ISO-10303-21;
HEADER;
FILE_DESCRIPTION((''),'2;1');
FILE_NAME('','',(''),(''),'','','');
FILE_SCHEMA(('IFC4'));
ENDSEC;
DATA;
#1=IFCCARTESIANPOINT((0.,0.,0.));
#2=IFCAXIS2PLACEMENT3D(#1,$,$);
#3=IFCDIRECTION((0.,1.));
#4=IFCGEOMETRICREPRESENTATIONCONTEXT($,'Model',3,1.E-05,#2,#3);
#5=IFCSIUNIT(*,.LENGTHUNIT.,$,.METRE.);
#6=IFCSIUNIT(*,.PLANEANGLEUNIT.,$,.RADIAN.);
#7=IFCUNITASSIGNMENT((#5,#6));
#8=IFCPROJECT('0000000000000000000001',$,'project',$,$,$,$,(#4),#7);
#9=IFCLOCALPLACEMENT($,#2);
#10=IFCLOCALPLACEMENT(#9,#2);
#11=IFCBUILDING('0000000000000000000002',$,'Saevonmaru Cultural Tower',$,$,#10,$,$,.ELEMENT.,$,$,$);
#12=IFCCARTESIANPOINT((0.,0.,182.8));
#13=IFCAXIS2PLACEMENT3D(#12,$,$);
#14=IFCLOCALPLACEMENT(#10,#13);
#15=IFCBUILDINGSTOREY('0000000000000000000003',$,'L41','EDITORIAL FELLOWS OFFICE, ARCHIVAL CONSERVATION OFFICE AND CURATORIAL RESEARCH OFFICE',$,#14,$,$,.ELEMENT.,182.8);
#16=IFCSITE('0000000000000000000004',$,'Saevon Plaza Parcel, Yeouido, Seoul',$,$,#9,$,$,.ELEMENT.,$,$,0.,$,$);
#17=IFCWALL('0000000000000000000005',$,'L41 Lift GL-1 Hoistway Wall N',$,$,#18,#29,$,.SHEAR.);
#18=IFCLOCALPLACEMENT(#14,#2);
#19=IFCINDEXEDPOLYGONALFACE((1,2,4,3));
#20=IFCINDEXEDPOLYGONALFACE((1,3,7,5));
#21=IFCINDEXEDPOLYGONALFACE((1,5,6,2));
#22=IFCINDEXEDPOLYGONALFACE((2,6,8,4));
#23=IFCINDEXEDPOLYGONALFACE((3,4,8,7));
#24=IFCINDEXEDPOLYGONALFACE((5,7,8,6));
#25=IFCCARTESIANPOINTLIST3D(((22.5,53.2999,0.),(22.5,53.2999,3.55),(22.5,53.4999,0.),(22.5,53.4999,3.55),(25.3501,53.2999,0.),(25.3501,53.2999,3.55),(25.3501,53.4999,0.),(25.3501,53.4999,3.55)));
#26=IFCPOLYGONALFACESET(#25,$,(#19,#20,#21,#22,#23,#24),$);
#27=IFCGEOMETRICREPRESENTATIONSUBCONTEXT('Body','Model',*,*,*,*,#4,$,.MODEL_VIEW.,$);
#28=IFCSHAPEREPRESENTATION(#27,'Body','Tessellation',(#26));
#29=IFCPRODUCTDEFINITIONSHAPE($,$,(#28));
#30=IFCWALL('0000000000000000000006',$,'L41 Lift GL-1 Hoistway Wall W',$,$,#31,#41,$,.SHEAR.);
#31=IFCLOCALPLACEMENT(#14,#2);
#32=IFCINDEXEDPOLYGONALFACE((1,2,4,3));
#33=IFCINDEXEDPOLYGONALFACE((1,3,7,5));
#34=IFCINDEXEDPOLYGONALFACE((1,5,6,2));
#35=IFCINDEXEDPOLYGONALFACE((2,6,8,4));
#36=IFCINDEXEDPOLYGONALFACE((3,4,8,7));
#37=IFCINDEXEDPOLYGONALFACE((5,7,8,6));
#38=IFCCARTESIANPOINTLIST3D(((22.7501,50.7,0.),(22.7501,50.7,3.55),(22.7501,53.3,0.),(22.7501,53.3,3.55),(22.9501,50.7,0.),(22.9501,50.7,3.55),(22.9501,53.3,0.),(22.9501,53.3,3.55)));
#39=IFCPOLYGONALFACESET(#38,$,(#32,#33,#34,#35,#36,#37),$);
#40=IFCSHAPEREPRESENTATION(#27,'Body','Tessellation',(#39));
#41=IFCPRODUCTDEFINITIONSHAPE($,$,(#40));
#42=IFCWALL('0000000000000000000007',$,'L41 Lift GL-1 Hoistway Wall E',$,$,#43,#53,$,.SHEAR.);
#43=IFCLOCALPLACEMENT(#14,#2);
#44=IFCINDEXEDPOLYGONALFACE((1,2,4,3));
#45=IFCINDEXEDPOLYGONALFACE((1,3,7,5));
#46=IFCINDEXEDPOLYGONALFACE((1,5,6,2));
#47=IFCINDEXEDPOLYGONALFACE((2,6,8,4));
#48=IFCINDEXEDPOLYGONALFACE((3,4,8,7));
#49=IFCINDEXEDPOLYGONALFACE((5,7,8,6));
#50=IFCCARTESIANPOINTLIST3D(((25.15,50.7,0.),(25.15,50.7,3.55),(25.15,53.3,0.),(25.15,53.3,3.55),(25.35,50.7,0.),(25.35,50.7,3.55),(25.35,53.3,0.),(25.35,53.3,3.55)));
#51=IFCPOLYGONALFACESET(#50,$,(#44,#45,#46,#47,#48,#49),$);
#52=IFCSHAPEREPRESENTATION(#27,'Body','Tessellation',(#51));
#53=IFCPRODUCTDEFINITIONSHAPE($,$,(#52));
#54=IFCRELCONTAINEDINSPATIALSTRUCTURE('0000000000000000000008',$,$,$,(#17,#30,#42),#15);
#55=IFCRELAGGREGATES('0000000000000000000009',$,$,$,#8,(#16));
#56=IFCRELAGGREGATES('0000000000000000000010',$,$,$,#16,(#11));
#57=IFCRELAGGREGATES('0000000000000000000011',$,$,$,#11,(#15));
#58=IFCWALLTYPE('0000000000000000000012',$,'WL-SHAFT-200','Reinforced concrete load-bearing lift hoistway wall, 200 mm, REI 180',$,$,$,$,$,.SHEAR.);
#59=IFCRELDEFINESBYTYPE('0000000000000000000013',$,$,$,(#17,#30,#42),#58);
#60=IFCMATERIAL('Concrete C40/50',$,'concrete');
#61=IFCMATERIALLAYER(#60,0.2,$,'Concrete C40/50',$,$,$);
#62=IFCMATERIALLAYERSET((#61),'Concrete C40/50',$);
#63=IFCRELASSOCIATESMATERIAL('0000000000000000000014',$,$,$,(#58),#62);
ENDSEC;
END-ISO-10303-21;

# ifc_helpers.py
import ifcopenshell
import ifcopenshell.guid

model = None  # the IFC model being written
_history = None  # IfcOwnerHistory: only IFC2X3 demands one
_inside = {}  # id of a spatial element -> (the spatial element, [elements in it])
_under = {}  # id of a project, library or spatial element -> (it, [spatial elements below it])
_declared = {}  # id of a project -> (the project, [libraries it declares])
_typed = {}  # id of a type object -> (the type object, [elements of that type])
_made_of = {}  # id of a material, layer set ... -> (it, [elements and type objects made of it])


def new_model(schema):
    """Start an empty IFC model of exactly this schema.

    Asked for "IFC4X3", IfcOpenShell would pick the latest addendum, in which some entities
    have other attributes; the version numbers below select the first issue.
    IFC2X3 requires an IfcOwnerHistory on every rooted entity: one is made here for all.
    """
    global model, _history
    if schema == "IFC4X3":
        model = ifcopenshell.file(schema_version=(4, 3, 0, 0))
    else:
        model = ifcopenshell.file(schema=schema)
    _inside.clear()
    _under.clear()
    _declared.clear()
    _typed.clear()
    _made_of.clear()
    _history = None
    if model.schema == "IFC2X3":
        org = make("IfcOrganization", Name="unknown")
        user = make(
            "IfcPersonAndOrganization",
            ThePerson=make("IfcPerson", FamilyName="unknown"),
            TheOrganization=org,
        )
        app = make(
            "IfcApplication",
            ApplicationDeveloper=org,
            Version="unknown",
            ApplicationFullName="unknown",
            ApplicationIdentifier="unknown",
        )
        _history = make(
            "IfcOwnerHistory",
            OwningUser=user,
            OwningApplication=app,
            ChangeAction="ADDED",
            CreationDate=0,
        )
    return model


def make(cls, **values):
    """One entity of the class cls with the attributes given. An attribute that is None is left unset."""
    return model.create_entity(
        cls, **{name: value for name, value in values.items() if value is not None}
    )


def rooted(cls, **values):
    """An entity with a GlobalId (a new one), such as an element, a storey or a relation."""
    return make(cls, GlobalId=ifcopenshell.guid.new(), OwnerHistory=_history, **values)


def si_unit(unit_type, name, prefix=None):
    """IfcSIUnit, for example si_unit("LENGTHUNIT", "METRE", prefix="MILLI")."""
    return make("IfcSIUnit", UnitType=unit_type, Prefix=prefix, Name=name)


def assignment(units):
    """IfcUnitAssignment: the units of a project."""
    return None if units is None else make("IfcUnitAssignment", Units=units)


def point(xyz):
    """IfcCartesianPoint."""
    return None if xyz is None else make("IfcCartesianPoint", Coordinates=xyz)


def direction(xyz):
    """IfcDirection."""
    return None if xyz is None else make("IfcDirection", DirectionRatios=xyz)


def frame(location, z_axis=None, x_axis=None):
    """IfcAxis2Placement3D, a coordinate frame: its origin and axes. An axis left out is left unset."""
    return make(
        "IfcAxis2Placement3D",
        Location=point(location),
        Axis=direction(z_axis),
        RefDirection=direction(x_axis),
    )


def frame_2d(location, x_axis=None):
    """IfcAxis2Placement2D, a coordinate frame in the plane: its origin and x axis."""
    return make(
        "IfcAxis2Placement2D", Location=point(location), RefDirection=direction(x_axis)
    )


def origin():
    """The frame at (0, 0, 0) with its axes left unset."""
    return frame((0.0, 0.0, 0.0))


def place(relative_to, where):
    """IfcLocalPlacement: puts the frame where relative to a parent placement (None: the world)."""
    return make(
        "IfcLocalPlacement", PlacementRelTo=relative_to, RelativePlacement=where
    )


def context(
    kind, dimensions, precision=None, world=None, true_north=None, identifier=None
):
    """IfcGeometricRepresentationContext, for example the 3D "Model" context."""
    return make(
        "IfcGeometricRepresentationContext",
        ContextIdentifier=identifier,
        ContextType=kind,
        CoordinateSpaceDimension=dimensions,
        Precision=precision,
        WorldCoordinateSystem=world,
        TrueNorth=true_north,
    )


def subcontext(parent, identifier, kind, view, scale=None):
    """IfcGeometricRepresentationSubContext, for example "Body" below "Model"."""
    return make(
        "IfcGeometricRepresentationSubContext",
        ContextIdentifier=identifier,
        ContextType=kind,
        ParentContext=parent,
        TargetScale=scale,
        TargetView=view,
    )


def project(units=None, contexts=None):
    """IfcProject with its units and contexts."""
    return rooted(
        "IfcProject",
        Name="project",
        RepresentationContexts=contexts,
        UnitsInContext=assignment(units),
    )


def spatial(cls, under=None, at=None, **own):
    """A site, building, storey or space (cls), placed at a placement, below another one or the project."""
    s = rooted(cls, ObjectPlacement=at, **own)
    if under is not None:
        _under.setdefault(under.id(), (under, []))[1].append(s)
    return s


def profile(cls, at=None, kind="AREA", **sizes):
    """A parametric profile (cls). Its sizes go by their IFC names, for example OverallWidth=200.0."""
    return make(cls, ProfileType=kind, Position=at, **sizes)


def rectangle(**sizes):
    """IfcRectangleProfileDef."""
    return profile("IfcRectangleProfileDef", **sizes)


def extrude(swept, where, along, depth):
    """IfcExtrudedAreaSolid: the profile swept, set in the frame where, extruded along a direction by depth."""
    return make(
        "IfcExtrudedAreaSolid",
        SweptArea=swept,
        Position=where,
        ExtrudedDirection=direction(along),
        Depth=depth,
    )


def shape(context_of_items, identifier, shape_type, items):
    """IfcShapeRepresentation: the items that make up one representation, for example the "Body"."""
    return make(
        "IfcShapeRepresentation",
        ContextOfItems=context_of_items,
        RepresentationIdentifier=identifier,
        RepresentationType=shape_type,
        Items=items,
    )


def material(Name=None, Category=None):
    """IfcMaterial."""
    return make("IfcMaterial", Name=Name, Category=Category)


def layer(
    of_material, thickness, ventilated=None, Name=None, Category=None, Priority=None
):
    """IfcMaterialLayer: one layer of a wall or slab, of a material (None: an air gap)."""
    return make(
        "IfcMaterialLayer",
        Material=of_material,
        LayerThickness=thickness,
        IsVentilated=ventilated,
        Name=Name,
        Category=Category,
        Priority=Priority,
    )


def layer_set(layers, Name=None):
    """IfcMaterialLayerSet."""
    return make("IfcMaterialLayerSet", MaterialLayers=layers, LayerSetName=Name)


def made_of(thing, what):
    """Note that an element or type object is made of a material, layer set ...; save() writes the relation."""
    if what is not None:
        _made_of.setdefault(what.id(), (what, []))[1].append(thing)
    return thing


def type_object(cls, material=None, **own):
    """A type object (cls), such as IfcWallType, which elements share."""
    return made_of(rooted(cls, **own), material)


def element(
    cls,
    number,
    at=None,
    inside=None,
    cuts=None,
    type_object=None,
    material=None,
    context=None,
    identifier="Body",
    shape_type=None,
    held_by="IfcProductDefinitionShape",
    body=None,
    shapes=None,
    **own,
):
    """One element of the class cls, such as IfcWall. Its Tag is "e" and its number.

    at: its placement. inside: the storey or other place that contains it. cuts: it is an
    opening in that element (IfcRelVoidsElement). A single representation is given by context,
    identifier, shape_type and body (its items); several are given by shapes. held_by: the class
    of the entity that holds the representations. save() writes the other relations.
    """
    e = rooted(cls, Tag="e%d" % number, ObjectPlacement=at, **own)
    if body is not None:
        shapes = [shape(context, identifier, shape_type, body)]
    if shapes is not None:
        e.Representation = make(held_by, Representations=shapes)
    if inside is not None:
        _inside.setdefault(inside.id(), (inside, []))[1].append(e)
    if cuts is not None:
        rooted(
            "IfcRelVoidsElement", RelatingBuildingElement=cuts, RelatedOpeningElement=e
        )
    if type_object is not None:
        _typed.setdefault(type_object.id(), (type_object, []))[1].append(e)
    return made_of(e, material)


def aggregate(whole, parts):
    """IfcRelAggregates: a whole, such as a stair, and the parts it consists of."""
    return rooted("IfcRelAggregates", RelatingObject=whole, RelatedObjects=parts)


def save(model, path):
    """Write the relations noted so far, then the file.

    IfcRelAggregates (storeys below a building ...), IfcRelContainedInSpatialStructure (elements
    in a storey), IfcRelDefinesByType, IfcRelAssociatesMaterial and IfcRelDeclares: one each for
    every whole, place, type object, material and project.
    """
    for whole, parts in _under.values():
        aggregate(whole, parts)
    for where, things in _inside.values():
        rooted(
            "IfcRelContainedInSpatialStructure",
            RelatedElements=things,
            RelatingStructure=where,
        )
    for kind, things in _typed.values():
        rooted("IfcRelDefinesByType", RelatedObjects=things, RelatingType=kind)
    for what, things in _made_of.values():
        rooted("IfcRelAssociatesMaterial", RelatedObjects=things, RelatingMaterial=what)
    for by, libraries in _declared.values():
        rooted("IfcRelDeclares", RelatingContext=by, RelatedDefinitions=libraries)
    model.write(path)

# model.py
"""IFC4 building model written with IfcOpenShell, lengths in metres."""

from ifc_helpers import new_model, si_unit, direction, frame, frame_2d, origin, place, context, subcontext, project, spatial, rectangle, extrude, material, layer, layer_set, type_object, element, save


model = new_model("IFC4")

# Units and contexts
model_context = context("Model", 3, precision=1e-05, world=origin(), true_north=direction((0.0, 1.0)))
body_context = subcontext(model_context, "Body", "Model", "MODEL_VIEW")
ifc_project = project(units=[si_unit("LENGTHUNIT", "METRE"), si_unit("PLANEANGLEUNIT", "RADIAN")], contexts=[model_context])

# Site, building, storey
site_placement = place(None, origin())
site = spatial("IfcSite", under=ifc_project, at=site_placement, Name="Saevon Plaza Parcel, Yeouido, Seoul", CompositionType="ELEMENT", RefElevation=0.0)
building_placement = place(site_placement, origin())
building = spatial("IfcBuilding", under=site, at=building_placement, Name="Saevonmaru Cultural Tower", CompositionType="ELEMENT")
storey_placement = place(building_placement, frame((0.0, 0.0, 182.8)))
storey = spatial("IfcBuildingStorey", under=building, at=storey_placement, Name="L41", Description="EDITORIAL FELLOWS OFFICE, ARCHIVAL CONSERVATION OFFICE AND CURATORIAL RESEARCH OFFICE", CompositionType="ELEMENT", Elevation=182.8)

# Walls
ifc_material_1 = material(Name="Concrete C40/50", Category="concrete")
ifc_layer_1 = layer(ifc_material_1, 0.2, Name="Concrete C40/50")
ifc_layer_set_1 = layer_set([ifc_layer_1], Name="Concrete C40/50")
wall_type_1 = type_object("IfcWallType", Name="WL-SHAFT-200", Description="Reinforced concrete load-bearing lift hoistway wall, 200 mm, REI 180", PredefinedType="SHEAR", material=ifc_layer_set_1)
wall_1_placement = place(storey_placement, frame((22.5, 53.3999, 0.0), z_axis=(0.0, 0.0, 1.0), x_axis=(1.0, 0.0, 0.0)))
element("IfcWall", 1, at=wall_1_placement, inside=storey, type_object=wall_type_1, Name="L41 Lift GL-1 Hoistway Wall N", PredefinedType="SHEAR", context=body_context, shape_type="SweptSolid", body=[
    extrude(rectangle(XDim=2.8501, YDim=0.2, at=frame_2d((1.425, 0.0))), origin(), (0.0, 0.0, 1.0), 3.55),
])
for number, where, z_axis, x_axis, name in (
    (2, (22.8501, 50.7, 0.0), (0.0, 0.0, 1.0), (0.0, 1.0, 0.0), "L41 Lift GL-1 Hoistway Wall W"),
    (3, (25.25, 50.7, 0.0), (0.0, 0.0, 1.0), (0.0, 1.0, 0.0), "L41 Lift GL-1 Hoistway Wall E"),
):
    element("IfcWall", number, at=place(storey_placement, frame(where, z_axis=z_axis, x_axis=x_axis)), inside=storey, type_object=wall_type_1, Name=name, PredefinedType="SHEAR", context=body_context, shape_type="SweptSolid", body=[
        extrude(rectangle(XDim=2.6001, YDim=0.2, at=frame_2d((1.3, 0.0))), origin(), (0.0, 0.0, 1.0), 3.55),
    ])

save(model, "model.ifc")
